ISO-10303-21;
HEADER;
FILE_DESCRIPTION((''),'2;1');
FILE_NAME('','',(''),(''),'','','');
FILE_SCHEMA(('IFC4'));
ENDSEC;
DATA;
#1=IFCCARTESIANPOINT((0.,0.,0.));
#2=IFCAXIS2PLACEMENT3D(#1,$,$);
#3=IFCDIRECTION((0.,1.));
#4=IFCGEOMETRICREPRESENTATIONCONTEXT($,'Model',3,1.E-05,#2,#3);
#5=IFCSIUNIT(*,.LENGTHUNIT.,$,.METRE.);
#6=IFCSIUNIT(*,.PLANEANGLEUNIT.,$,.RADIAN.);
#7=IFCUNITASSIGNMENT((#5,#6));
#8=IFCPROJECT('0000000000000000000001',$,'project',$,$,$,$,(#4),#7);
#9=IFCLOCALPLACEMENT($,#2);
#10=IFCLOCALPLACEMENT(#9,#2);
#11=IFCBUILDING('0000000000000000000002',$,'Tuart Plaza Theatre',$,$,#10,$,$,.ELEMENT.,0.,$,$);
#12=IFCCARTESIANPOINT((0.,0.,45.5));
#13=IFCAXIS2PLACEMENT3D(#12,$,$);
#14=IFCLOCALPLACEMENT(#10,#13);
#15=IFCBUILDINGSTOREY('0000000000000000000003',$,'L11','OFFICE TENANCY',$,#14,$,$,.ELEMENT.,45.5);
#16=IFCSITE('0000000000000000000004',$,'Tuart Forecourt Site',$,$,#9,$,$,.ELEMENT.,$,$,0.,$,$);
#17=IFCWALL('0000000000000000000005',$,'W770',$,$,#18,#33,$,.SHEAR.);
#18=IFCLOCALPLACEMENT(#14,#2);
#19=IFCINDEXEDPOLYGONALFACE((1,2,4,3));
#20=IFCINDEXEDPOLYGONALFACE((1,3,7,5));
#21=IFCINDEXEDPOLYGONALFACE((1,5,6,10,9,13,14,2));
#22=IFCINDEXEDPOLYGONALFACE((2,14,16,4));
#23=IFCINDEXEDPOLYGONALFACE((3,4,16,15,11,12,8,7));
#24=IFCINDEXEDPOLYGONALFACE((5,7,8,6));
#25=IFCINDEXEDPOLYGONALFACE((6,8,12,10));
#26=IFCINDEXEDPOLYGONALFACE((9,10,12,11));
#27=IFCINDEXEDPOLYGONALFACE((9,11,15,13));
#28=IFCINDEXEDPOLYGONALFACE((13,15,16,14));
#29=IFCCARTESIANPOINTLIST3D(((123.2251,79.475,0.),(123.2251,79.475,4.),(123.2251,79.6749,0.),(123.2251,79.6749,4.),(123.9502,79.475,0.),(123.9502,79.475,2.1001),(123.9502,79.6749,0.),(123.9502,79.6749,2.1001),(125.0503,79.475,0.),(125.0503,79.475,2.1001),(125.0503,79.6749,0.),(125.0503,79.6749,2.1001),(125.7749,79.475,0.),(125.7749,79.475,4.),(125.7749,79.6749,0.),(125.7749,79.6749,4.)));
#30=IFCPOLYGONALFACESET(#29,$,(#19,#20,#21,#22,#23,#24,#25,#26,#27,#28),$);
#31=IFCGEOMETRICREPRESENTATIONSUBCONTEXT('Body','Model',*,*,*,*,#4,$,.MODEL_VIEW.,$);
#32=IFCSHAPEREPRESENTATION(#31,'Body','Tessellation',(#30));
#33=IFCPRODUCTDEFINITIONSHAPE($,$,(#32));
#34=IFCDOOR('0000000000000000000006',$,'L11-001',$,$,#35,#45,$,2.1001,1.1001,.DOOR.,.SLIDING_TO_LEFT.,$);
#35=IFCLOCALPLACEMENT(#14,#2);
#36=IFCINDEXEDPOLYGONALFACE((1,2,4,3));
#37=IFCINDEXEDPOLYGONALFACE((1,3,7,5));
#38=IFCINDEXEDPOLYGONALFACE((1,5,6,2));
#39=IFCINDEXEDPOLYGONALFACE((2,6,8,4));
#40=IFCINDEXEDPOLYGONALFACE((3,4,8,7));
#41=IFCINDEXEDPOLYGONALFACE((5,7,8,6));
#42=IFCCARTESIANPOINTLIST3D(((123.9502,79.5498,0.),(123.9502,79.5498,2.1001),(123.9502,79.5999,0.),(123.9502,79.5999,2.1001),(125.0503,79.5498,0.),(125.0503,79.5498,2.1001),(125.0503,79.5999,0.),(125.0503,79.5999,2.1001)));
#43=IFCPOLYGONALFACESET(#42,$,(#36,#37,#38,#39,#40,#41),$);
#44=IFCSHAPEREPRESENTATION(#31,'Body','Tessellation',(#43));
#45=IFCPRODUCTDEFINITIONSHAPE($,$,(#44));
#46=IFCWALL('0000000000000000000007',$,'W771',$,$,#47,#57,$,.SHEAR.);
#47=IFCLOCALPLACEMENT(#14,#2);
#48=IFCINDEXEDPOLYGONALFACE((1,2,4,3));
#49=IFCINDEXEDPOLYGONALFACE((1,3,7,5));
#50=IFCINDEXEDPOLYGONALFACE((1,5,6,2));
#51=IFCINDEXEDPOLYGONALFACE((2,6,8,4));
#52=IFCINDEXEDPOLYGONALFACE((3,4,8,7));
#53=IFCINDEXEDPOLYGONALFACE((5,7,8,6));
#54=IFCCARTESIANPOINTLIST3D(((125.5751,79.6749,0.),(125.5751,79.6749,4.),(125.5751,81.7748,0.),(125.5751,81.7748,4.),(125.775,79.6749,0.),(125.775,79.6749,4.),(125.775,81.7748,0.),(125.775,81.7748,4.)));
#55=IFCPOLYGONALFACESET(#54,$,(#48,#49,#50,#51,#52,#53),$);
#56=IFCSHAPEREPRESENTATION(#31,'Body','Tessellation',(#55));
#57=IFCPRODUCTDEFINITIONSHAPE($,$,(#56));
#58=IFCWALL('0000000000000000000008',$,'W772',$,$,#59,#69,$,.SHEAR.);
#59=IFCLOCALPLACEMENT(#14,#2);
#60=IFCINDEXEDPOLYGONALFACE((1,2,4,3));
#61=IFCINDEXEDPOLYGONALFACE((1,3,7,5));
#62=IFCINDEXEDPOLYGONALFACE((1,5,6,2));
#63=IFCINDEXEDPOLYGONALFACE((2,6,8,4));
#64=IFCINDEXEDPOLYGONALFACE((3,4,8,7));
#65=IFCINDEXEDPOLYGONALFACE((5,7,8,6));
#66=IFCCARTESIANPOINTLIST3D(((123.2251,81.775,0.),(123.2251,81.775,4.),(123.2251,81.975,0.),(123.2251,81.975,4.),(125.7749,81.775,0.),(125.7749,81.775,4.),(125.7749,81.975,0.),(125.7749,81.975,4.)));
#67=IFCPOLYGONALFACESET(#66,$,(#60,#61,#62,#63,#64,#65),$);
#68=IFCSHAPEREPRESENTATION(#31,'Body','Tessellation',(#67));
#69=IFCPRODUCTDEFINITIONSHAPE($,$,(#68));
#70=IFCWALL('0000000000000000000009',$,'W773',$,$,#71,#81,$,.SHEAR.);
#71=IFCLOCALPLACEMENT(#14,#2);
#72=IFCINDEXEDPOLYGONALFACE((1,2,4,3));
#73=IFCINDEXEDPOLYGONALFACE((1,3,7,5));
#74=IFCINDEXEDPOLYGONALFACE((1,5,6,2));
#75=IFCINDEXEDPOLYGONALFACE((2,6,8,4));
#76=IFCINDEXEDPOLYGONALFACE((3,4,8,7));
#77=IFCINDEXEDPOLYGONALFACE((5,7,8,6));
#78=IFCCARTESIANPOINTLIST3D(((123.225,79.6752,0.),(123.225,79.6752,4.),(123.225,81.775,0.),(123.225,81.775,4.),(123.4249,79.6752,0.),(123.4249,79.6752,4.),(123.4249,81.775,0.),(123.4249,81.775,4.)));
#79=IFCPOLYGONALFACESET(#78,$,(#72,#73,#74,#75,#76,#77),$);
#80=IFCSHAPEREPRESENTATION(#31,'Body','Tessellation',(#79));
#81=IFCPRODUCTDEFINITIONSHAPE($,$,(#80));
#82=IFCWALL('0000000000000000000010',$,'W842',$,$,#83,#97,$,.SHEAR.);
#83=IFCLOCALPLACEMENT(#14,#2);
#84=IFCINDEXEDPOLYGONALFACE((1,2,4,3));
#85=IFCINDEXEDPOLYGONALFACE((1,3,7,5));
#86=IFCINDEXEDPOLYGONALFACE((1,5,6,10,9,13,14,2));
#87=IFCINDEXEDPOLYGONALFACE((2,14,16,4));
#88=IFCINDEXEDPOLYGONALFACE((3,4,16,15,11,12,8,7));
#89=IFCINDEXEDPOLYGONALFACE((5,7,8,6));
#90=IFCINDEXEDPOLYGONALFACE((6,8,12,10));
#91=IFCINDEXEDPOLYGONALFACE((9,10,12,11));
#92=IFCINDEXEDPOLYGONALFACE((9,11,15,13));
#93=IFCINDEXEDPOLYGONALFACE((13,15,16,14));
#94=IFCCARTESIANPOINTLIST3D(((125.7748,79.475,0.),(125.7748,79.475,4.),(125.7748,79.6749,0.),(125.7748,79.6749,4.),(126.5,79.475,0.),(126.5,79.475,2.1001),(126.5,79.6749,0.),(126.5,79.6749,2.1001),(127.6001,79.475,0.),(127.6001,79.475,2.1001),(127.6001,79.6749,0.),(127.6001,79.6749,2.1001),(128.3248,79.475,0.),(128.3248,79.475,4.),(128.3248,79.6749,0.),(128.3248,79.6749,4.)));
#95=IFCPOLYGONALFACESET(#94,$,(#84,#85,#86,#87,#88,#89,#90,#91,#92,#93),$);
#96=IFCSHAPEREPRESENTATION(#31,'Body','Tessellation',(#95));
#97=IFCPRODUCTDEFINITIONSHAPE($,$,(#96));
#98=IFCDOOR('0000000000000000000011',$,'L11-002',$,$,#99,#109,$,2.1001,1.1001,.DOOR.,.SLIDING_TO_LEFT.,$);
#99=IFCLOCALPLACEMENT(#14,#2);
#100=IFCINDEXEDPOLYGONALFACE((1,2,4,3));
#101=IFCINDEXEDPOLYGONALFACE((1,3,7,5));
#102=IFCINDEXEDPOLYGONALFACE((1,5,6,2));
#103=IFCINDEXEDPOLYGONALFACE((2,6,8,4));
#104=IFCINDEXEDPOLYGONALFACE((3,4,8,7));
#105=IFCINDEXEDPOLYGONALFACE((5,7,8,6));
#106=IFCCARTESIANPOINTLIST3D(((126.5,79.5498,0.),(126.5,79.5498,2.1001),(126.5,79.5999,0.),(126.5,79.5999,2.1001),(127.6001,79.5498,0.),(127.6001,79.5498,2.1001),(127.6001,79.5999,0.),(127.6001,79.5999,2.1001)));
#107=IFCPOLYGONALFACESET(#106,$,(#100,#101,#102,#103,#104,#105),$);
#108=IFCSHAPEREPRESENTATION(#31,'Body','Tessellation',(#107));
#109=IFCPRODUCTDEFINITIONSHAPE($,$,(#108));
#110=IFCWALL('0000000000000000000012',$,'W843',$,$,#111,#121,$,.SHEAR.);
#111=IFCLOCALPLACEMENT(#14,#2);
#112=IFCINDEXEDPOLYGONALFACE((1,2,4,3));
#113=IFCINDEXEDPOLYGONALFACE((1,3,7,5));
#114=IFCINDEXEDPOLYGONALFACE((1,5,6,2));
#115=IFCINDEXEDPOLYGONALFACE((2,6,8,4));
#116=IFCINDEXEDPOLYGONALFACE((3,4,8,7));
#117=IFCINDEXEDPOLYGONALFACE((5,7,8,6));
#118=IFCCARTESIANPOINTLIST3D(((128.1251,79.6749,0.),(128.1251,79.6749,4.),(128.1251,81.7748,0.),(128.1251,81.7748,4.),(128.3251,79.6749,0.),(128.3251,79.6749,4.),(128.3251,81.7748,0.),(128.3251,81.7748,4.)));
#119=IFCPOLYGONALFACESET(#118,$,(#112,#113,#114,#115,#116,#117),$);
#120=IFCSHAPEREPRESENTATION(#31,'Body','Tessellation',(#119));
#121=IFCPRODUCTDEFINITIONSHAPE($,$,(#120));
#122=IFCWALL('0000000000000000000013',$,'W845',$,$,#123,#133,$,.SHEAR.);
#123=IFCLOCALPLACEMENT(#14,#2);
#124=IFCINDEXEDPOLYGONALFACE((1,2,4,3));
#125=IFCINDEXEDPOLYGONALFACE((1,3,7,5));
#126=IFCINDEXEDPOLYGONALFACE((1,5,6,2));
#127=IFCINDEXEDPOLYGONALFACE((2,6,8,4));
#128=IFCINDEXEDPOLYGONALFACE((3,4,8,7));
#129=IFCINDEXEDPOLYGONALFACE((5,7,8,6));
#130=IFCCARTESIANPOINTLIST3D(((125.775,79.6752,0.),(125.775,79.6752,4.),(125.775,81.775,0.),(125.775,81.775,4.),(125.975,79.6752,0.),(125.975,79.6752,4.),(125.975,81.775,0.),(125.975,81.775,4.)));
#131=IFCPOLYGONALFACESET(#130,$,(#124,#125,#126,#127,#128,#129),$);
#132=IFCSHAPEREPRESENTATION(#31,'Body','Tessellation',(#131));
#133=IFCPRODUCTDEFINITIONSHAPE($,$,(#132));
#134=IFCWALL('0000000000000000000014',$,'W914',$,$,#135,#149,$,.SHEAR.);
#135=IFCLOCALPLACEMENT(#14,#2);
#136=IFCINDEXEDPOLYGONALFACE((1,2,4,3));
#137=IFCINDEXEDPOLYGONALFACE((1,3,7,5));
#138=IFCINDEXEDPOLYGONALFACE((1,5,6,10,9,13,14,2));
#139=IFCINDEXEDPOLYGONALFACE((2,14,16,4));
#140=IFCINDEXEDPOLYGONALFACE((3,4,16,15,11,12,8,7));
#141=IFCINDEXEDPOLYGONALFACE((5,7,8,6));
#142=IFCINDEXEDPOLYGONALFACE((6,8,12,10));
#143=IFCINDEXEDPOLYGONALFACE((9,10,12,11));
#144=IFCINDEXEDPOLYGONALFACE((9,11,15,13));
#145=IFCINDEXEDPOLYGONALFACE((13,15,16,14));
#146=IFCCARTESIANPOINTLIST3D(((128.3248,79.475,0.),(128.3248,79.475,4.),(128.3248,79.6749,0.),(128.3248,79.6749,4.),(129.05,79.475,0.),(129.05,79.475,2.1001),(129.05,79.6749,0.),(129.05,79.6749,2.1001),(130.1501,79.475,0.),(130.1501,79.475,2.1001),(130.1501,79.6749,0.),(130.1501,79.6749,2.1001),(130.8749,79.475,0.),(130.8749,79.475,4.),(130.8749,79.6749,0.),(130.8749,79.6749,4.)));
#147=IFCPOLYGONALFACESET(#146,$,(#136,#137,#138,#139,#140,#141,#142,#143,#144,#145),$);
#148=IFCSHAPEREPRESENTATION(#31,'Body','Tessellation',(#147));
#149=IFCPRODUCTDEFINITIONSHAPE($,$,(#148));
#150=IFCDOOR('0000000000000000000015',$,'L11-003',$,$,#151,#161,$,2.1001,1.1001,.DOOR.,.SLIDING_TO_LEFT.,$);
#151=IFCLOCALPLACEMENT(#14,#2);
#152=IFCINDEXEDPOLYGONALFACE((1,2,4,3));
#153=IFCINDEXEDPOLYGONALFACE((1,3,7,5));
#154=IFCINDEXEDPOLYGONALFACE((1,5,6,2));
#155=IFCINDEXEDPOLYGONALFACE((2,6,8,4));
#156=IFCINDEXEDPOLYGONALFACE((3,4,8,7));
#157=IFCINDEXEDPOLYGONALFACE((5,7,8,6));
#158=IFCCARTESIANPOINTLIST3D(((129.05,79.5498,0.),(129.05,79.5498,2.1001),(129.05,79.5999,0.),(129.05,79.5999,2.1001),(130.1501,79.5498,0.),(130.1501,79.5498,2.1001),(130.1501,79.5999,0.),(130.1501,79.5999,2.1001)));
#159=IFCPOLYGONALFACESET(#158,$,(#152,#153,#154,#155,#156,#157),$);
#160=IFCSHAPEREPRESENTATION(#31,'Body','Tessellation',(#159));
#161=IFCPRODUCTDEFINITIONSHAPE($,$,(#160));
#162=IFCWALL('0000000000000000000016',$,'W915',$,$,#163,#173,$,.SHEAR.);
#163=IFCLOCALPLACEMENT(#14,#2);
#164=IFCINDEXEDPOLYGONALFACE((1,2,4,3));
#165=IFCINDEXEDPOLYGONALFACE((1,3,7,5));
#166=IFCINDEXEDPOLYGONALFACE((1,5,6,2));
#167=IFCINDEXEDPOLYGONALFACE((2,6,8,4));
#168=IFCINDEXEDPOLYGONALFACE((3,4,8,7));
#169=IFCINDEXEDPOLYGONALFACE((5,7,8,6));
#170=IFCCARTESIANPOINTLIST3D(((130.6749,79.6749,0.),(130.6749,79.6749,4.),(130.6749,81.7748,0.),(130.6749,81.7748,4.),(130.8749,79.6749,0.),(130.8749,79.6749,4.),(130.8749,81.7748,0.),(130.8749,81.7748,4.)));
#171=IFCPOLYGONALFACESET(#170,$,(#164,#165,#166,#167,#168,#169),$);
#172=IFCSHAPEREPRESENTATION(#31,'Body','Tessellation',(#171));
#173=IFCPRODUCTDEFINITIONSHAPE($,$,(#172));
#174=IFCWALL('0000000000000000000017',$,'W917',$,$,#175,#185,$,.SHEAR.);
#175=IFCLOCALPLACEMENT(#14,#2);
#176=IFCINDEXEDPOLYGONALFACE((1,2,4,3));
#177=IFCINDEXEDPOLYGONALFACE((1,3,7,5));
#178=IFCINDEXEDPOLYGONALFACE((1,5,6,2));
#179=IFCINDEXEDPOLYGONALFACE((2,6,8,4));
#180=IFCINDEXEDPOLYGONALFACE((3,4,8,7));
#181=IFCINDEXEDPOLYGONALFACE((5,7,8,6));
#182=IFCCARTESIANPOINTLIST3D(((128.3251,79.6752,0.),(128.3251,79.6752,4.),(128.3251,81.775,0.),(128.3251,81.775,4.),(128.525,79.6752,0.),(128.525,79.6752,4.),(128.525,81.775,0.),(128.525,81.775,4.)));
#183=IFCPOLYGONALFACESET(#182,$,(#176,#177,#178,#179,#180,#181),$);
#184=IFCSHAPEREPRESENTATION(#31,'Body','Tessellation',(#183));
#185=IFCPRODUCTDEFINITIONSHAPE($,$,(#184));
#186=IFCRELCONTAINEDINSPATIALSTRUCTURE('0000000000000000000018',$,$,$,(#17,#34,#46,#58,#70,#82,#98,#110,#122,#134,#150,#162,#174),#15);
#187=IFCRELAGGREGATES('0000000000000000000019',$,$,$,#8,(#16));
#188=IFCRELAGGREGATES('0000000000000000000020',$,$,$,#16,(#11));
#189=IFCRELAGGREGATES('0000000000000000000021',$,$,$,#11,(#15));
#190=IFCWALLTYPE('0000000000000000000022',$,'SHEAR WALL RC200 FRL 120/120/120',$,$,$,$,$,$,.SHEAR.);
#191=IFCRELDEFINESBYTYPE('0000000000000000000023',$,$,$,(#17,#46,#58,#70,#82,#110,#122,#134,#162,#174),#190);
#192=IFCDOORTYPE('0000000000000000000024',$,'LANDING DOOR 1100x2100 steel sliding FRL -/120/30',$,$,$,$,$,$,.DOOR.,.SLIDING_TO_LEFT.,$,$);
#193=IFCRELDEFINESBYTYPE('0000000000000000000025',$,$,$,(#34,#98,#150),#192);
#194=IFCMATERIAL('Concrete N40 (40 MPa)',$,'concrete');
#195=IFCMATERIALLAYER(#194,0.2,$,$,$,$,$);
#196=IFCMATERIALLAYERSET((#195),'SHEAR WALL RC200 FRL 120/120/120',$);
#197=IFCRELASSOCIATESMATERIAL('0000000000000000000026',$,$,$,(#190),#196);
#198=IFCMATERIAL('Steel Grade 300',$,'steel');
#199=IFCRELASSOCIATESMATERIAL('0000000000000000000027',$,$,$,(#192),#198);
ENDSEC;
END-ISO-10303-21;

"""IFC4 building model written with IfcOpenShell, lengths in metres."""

from ifc_helpers import new_model, si_unit, direction, frame, frame_2d, origin, place, context, subcontext, project, spatial, rectangle, extrude, material, layer, layer_set, type_object, element, fill, save


model = new_model("IFC4")

# Units and contexts
model_context = context("Model", 3, precision=1e-05, world=origin(), true_north=direction((0.0, 1.0)))
body_context = subcontext(model_context, "Body", "Model", "MODEL_VIEW")
ifc_project = project(units=[si_unit("LENGTHUNIT", "METRE"), si_unit("PLANEANGLEUNIT", "RADIAN")], contexts=[model_context])

# Site, building, storey
site_placement = place(None, origin())
site = spatial("IfcSite", under=ifc_project, at=site_placement, Name="Tuart Forecourt Site", CompositionType="ELEMENT", RefElevation=0.0)
building_placement = place(site_placement, origin())
building = spatial("IfcBuilding", under=site, at=building_placement, Name="Tuart Plaza Theatre", CompositionType="ELEMENT", ElevationOfRefHeight=0.0)
storey_placement = place(building_placement, frame((0.0, 0.0, 45.5)))
storey = spatial("IfcBuildingStorey", under=building, at=storey_placement, Name="L11", Description="OFFICE TENANCY", CompositionType="ELEMENT", Elevation=45.5)

# Wall, opening, door
ifc_material_1 = material(Name="Concrete N40 (40 MPa)", Category="concrete")
ifc_layer_1 = layer(ifc_material_1, 0.2)
ifc_layer_set_1 = layer_set([ifc_layer_1], Name="SHEAR WALL RC200 FRL 120/120/120")
wall_type_1 = type_object("IfcWallType", Name="SHEAR WALL RC200 FRL 120/120/120", PredefinedType="SHEAR", material=ifc_layer_set_1)
wall_1_placement = place(storey_placement, frame((123.2251, 79.575, 0.0), z_axis=(0.0, 0.0, 1.0), x_axis=(1.0, 0.0, 0.0)))
wall_1 = element("IfcWall", 1, at=wall_1_placement, inside=storey, type_object=wall_type_1, Name="W770", PredefinedType="SHEAR", context=body_context, shape_type="SweptSolid", body=[
    extrude(rectangle(XDim=2.5498, YDim=0.2, at=frame_2d((1.2749, 0.0))), origin(), (0.0, 0.0, 1.0), 4.0),
])
opening_1_placement = place(wall_1_placement, frame((0.7251, 0.0, 0.0)))
opening_1 = element("IfcOpeningElement", 2, at=opening_1_placement, cuts=wall_1, PredefinedType="OPENING", context=body_context, shape_type="SweptSolid", body=[
    extrude(rectangle(XDim=1.1001, YDim=2.1001, at=frame_2d((0.55, 1.05))), frame((0.0, 0.1099, 0.0), z_axis=(0.0, -1.0, 0.0), x_axis=(1.0, 0.0, 0.0)), (0.0, 0.0, 1.0), 0.22),
])
ifc_material_2 = material(Name="Steel Grade 300", Category="steel")
door_type_1 = type_object("IfcDoorType", Name="LANDING DOOR 1100x2100 steel sliding FRL -/120/30", OperationType="SLIDING_TO_LEFT", PredefinedType="DOOR", material=ifc_material_2)
door_1_placement = place(opening_1_placement, origin())
door_1 = element("IfcDoor", 3, at=door_1_placement, inside=storey, type_object=door_type_1, Name="L11-001", OperationType="SLIDING_TO_LEFT", OverallHeight=2.1001, OverallWidth=1.1001, PredefinedType="DOOR", context=body_context, shape_type="SweptSolid", body=[
    extrude(rectangle(XDim=1.1001, YDim=2.1001, at=frame_2d((0.55, 1.05))), frame((0.0, 0.0249, 0.0), z_axis=(0.0, -1.0, 0.0), x_axis=(1.0, 0.0, 0.0)), (0.0, 0.0, 1.0), 0.05),
])
fill(opening_1, door_1)

# Walls
wall_2_placement = place(storey_placement, frame((125.675, 79.675, 0.0), z_axis=(0.0, 0.0, 1.0), x_axis=(0.0, 1.0, 0.0)))
element("IfcWall", 4, at=wall_2_placement, inside=storey, type_object=wall_type_1, Name="W771", PredefinedType="SHEAR", context=body_context, shape_type="SweptSolid", body=[
    extrude(rectangle(XDim=2.0999, YDim=0.2, at=frame_2d((1.0498, 0.0))), origin(), (0.0, 0.0, 1.0), 4.0),
])
wall_3_placement = place(storey_placement, frame((125.7749, 81.875, 0.0), z_axis=(0.0, 0.0, 1.0), x_axis=(-1.0, 0.0, 0.0)))
element("IfcWall", 5, at=wall_3_placement, inside=storey, type_object=wall_type_1, Name="W772", PredefinedType="SHEAR", context=body_context, shape_type="SweptSolid", body=[
    extrude(rectangle(XDim=2.5498, YDim=0.2, at=frame_2d((1.2749, 0.0))), origin(), (0.0, 0.0, 1.0), 4.0),
])
wall_4_placement = place(storey_placement, frame((123.325, 81.7749, 0.0), z_axis=(0.0, 0.0, 1.0), x_axis=(0.0, -1.0, 0.0)))
element("IfcWall", 6, at=wall_4_placement, inside=storey, type_object=wall_type_1, Name="W773", PredefinedType="SHEAR", context=body_context, shape_type="SweptSolid", body=[
    extrude(rectangle(XDim=2.0999, YDim=0.2, at=frame_2d((1.0498, 0.0))), origin(), (0.0, 0.0, 1.0), 4.0),
])

# Wall, opening, door
wall_5_placement = place(storey_placement, frame((125.7749, 79.575, 0.0), z_axis=(0.0, 0.0, 1.0), x_axis=(1.0, 0.0, 0.0)))
wall_5 = element("IfcWall", 7, at=wall_5_placement, inside=storey, type_object=wall_type_1, Name="W842", PredefinedType="SHEAR", context=body_context, shape_type="SweptSolid", body=[
    extrude(rectangle(XDim=2.55, YDim=0.2, at=frame_2d((1.2749, 0.0))), origin(), (0.0, 0.0, 1.0), 4.0),
])
opening_2_placement = place(wall_5_placement, frame((0.7251, 0.0, 0.0)))
opening_2 = element("IfcOpeningElement", 8, at=opening_2_placement, cuts=wall_5, PredefinedType="OPENING", context=body_context, shape_type="SweptSolid", body=[
    extrude(rectangle(XDim=1.1001, YDim=2.1001, at=frame_2d((0.55, 1.05))), frame((0.0, 0.1099, 0.0), z_axis=(0.0, -1.0, 0.0), x_axis=(1.0, 0.0, 0.0)), (0.0, 0.0, 1.0), 0.22),
])
door_2_placement = place(opening_2_placement, origin())
door_2 = element("IfcDoor", 9, at=door_2_placement, inside=storey, type_object=door_type_1, Name="L11-002", OperationType="SLIDING_TO_LEFT", OverallHeight=2.1001, OverallWidth=1.1001, PredefinedType="DOOR", context=body_context, shape_type="SweptSolid", body=[
    extrude(rectangle(XDim=1.1001, YDim=2.1001, at=frame_2d((0.55, 1.05))), frame((0.0, 0.0249, 0.0), z_axis=(0.0, -1.0, 0.0), x_axis=(1.0, 0.0, 0.0)), (0.0, 0.0, 1.0), 0.05),
])
fill(opening_2, door_2)

# Walls
for number, where, z_axis, x_axis, name in (
    (10, (128.2251, 79.675, 0.0), (0.0, 0.0, 1.0), (0.0, 1.0, 0.0), "W843"),
    (11, (125.875, 81.7749, 0.0), (0.0, 0.0, 1.0), (0.0, -1.0, 0.0), "W845"),
):
    element("IfcWall", number, at=place(storey_placement, frame(where, z_axis=z_axis, x_axis=x_axis)), inside=storey, type_object=wall_type_1, Name=name, PredefinedType="SHEAR", context=body_context, shape_type="SweptSolid", body=[
        extrude(rectangle(XDim=2.0999, YDim=0.2, at=frame_2d((1.0498, 0.0))), origin(), (0.0, 0.0, 1.0), 4.0),
    ])

# Wall, opening, door
wall_6_placement = place(storey_placement, frame((128.325, 79.575, 0.0), z_axis=(0.0, 0.0, 1.0), x_axis=(1.0, 0.0, 0.0)))
wall_6 = element("IfcWall", 12, at=wall_6_placement, inside=storey, type_object=wall_type_1, Name="W914", PredefinedType="SHEAR", context=body_context, shape_type="SweptSolid", body=[
    extrude(rectangle(XDim=2.55, YDim=0.2, at=frame_2d((1.2749, 0.0))), origin(), (0.0, 0.0, 1.0), 4.0),
])
opening_3_placement = place(wall_6_placement, frame((0.7251, 0.0, 0.0)))
opening_3 = element("IfcOpeningElement", 13, at=opening_3_placement, cuts=wall_6, PredefinedType="OPENING", context=body_context, shape_type="SweptSolid", body=[
    extrude(rectangle(XDim=1.1001, YDim=2.1001, at=frame_2d((0.55, 1.05))), frame((0.0, 0.1099, 0.0), z_axis=(0.0, -1.0, 0.0), x_axis=(1.0, 0.0, 0.0)), (0.0, 0.0, 1.0), 0.22),
])
door_3_placement = place(opening_3_placement, origin())
door_3 = element("IfcDoor", 14, at=door_3_placement, inside=storey, type_object=door_type_1, Name="L11-003", OperationType="SLIDING_TO_LEFT", OverallHeight=2.1001, OverallWidth=1.1001, PredefinedType="DOOR", context=body_context, shape_type="SweptSolid", body=[
    extrude(rectangle(XDim=1.1001, YDim=2.1001, at=frame_2d((0.55, 1.05))), frame((0.0, 0.0249, 0.0), z_axis=(0.0, -1.0, 0.0), x_axis=(1.0, 0.0, 0.0)), (0.0, 0.0, 1.0), 0.05),
])
fill(opening_3, door_3)

# Walls
for number, where, z_axis, x_axis, name in (
    (15, (130.7749, 79.675, 0.0), (0.0, 0.0, 1.0), (0.0, 1.0, 0.0), "W915"),
    (16, (128.425, 81.7749, 0.0), (0.0, 0.0, 1.0), (0.0, -1.0, 0.0), "W917"),
):
    element("IfcWall", number, at=place(storey_placement, frame(where, z_axis=z_axis, x_axis=x_axis)), inside=storey, type_object=wall_type_1, Name=name, PredefinedType="SHEAR", context=body_context, shape_type="SweptSolid", body=[
        extrude(rectangle(XDim=2.0999, YDim=0.2, at=frame_2d((1.0498, 0.0))), origin(), (0.0, 0.0, 1.0), 4.0),
    ])

save(model, "model.ifc")
